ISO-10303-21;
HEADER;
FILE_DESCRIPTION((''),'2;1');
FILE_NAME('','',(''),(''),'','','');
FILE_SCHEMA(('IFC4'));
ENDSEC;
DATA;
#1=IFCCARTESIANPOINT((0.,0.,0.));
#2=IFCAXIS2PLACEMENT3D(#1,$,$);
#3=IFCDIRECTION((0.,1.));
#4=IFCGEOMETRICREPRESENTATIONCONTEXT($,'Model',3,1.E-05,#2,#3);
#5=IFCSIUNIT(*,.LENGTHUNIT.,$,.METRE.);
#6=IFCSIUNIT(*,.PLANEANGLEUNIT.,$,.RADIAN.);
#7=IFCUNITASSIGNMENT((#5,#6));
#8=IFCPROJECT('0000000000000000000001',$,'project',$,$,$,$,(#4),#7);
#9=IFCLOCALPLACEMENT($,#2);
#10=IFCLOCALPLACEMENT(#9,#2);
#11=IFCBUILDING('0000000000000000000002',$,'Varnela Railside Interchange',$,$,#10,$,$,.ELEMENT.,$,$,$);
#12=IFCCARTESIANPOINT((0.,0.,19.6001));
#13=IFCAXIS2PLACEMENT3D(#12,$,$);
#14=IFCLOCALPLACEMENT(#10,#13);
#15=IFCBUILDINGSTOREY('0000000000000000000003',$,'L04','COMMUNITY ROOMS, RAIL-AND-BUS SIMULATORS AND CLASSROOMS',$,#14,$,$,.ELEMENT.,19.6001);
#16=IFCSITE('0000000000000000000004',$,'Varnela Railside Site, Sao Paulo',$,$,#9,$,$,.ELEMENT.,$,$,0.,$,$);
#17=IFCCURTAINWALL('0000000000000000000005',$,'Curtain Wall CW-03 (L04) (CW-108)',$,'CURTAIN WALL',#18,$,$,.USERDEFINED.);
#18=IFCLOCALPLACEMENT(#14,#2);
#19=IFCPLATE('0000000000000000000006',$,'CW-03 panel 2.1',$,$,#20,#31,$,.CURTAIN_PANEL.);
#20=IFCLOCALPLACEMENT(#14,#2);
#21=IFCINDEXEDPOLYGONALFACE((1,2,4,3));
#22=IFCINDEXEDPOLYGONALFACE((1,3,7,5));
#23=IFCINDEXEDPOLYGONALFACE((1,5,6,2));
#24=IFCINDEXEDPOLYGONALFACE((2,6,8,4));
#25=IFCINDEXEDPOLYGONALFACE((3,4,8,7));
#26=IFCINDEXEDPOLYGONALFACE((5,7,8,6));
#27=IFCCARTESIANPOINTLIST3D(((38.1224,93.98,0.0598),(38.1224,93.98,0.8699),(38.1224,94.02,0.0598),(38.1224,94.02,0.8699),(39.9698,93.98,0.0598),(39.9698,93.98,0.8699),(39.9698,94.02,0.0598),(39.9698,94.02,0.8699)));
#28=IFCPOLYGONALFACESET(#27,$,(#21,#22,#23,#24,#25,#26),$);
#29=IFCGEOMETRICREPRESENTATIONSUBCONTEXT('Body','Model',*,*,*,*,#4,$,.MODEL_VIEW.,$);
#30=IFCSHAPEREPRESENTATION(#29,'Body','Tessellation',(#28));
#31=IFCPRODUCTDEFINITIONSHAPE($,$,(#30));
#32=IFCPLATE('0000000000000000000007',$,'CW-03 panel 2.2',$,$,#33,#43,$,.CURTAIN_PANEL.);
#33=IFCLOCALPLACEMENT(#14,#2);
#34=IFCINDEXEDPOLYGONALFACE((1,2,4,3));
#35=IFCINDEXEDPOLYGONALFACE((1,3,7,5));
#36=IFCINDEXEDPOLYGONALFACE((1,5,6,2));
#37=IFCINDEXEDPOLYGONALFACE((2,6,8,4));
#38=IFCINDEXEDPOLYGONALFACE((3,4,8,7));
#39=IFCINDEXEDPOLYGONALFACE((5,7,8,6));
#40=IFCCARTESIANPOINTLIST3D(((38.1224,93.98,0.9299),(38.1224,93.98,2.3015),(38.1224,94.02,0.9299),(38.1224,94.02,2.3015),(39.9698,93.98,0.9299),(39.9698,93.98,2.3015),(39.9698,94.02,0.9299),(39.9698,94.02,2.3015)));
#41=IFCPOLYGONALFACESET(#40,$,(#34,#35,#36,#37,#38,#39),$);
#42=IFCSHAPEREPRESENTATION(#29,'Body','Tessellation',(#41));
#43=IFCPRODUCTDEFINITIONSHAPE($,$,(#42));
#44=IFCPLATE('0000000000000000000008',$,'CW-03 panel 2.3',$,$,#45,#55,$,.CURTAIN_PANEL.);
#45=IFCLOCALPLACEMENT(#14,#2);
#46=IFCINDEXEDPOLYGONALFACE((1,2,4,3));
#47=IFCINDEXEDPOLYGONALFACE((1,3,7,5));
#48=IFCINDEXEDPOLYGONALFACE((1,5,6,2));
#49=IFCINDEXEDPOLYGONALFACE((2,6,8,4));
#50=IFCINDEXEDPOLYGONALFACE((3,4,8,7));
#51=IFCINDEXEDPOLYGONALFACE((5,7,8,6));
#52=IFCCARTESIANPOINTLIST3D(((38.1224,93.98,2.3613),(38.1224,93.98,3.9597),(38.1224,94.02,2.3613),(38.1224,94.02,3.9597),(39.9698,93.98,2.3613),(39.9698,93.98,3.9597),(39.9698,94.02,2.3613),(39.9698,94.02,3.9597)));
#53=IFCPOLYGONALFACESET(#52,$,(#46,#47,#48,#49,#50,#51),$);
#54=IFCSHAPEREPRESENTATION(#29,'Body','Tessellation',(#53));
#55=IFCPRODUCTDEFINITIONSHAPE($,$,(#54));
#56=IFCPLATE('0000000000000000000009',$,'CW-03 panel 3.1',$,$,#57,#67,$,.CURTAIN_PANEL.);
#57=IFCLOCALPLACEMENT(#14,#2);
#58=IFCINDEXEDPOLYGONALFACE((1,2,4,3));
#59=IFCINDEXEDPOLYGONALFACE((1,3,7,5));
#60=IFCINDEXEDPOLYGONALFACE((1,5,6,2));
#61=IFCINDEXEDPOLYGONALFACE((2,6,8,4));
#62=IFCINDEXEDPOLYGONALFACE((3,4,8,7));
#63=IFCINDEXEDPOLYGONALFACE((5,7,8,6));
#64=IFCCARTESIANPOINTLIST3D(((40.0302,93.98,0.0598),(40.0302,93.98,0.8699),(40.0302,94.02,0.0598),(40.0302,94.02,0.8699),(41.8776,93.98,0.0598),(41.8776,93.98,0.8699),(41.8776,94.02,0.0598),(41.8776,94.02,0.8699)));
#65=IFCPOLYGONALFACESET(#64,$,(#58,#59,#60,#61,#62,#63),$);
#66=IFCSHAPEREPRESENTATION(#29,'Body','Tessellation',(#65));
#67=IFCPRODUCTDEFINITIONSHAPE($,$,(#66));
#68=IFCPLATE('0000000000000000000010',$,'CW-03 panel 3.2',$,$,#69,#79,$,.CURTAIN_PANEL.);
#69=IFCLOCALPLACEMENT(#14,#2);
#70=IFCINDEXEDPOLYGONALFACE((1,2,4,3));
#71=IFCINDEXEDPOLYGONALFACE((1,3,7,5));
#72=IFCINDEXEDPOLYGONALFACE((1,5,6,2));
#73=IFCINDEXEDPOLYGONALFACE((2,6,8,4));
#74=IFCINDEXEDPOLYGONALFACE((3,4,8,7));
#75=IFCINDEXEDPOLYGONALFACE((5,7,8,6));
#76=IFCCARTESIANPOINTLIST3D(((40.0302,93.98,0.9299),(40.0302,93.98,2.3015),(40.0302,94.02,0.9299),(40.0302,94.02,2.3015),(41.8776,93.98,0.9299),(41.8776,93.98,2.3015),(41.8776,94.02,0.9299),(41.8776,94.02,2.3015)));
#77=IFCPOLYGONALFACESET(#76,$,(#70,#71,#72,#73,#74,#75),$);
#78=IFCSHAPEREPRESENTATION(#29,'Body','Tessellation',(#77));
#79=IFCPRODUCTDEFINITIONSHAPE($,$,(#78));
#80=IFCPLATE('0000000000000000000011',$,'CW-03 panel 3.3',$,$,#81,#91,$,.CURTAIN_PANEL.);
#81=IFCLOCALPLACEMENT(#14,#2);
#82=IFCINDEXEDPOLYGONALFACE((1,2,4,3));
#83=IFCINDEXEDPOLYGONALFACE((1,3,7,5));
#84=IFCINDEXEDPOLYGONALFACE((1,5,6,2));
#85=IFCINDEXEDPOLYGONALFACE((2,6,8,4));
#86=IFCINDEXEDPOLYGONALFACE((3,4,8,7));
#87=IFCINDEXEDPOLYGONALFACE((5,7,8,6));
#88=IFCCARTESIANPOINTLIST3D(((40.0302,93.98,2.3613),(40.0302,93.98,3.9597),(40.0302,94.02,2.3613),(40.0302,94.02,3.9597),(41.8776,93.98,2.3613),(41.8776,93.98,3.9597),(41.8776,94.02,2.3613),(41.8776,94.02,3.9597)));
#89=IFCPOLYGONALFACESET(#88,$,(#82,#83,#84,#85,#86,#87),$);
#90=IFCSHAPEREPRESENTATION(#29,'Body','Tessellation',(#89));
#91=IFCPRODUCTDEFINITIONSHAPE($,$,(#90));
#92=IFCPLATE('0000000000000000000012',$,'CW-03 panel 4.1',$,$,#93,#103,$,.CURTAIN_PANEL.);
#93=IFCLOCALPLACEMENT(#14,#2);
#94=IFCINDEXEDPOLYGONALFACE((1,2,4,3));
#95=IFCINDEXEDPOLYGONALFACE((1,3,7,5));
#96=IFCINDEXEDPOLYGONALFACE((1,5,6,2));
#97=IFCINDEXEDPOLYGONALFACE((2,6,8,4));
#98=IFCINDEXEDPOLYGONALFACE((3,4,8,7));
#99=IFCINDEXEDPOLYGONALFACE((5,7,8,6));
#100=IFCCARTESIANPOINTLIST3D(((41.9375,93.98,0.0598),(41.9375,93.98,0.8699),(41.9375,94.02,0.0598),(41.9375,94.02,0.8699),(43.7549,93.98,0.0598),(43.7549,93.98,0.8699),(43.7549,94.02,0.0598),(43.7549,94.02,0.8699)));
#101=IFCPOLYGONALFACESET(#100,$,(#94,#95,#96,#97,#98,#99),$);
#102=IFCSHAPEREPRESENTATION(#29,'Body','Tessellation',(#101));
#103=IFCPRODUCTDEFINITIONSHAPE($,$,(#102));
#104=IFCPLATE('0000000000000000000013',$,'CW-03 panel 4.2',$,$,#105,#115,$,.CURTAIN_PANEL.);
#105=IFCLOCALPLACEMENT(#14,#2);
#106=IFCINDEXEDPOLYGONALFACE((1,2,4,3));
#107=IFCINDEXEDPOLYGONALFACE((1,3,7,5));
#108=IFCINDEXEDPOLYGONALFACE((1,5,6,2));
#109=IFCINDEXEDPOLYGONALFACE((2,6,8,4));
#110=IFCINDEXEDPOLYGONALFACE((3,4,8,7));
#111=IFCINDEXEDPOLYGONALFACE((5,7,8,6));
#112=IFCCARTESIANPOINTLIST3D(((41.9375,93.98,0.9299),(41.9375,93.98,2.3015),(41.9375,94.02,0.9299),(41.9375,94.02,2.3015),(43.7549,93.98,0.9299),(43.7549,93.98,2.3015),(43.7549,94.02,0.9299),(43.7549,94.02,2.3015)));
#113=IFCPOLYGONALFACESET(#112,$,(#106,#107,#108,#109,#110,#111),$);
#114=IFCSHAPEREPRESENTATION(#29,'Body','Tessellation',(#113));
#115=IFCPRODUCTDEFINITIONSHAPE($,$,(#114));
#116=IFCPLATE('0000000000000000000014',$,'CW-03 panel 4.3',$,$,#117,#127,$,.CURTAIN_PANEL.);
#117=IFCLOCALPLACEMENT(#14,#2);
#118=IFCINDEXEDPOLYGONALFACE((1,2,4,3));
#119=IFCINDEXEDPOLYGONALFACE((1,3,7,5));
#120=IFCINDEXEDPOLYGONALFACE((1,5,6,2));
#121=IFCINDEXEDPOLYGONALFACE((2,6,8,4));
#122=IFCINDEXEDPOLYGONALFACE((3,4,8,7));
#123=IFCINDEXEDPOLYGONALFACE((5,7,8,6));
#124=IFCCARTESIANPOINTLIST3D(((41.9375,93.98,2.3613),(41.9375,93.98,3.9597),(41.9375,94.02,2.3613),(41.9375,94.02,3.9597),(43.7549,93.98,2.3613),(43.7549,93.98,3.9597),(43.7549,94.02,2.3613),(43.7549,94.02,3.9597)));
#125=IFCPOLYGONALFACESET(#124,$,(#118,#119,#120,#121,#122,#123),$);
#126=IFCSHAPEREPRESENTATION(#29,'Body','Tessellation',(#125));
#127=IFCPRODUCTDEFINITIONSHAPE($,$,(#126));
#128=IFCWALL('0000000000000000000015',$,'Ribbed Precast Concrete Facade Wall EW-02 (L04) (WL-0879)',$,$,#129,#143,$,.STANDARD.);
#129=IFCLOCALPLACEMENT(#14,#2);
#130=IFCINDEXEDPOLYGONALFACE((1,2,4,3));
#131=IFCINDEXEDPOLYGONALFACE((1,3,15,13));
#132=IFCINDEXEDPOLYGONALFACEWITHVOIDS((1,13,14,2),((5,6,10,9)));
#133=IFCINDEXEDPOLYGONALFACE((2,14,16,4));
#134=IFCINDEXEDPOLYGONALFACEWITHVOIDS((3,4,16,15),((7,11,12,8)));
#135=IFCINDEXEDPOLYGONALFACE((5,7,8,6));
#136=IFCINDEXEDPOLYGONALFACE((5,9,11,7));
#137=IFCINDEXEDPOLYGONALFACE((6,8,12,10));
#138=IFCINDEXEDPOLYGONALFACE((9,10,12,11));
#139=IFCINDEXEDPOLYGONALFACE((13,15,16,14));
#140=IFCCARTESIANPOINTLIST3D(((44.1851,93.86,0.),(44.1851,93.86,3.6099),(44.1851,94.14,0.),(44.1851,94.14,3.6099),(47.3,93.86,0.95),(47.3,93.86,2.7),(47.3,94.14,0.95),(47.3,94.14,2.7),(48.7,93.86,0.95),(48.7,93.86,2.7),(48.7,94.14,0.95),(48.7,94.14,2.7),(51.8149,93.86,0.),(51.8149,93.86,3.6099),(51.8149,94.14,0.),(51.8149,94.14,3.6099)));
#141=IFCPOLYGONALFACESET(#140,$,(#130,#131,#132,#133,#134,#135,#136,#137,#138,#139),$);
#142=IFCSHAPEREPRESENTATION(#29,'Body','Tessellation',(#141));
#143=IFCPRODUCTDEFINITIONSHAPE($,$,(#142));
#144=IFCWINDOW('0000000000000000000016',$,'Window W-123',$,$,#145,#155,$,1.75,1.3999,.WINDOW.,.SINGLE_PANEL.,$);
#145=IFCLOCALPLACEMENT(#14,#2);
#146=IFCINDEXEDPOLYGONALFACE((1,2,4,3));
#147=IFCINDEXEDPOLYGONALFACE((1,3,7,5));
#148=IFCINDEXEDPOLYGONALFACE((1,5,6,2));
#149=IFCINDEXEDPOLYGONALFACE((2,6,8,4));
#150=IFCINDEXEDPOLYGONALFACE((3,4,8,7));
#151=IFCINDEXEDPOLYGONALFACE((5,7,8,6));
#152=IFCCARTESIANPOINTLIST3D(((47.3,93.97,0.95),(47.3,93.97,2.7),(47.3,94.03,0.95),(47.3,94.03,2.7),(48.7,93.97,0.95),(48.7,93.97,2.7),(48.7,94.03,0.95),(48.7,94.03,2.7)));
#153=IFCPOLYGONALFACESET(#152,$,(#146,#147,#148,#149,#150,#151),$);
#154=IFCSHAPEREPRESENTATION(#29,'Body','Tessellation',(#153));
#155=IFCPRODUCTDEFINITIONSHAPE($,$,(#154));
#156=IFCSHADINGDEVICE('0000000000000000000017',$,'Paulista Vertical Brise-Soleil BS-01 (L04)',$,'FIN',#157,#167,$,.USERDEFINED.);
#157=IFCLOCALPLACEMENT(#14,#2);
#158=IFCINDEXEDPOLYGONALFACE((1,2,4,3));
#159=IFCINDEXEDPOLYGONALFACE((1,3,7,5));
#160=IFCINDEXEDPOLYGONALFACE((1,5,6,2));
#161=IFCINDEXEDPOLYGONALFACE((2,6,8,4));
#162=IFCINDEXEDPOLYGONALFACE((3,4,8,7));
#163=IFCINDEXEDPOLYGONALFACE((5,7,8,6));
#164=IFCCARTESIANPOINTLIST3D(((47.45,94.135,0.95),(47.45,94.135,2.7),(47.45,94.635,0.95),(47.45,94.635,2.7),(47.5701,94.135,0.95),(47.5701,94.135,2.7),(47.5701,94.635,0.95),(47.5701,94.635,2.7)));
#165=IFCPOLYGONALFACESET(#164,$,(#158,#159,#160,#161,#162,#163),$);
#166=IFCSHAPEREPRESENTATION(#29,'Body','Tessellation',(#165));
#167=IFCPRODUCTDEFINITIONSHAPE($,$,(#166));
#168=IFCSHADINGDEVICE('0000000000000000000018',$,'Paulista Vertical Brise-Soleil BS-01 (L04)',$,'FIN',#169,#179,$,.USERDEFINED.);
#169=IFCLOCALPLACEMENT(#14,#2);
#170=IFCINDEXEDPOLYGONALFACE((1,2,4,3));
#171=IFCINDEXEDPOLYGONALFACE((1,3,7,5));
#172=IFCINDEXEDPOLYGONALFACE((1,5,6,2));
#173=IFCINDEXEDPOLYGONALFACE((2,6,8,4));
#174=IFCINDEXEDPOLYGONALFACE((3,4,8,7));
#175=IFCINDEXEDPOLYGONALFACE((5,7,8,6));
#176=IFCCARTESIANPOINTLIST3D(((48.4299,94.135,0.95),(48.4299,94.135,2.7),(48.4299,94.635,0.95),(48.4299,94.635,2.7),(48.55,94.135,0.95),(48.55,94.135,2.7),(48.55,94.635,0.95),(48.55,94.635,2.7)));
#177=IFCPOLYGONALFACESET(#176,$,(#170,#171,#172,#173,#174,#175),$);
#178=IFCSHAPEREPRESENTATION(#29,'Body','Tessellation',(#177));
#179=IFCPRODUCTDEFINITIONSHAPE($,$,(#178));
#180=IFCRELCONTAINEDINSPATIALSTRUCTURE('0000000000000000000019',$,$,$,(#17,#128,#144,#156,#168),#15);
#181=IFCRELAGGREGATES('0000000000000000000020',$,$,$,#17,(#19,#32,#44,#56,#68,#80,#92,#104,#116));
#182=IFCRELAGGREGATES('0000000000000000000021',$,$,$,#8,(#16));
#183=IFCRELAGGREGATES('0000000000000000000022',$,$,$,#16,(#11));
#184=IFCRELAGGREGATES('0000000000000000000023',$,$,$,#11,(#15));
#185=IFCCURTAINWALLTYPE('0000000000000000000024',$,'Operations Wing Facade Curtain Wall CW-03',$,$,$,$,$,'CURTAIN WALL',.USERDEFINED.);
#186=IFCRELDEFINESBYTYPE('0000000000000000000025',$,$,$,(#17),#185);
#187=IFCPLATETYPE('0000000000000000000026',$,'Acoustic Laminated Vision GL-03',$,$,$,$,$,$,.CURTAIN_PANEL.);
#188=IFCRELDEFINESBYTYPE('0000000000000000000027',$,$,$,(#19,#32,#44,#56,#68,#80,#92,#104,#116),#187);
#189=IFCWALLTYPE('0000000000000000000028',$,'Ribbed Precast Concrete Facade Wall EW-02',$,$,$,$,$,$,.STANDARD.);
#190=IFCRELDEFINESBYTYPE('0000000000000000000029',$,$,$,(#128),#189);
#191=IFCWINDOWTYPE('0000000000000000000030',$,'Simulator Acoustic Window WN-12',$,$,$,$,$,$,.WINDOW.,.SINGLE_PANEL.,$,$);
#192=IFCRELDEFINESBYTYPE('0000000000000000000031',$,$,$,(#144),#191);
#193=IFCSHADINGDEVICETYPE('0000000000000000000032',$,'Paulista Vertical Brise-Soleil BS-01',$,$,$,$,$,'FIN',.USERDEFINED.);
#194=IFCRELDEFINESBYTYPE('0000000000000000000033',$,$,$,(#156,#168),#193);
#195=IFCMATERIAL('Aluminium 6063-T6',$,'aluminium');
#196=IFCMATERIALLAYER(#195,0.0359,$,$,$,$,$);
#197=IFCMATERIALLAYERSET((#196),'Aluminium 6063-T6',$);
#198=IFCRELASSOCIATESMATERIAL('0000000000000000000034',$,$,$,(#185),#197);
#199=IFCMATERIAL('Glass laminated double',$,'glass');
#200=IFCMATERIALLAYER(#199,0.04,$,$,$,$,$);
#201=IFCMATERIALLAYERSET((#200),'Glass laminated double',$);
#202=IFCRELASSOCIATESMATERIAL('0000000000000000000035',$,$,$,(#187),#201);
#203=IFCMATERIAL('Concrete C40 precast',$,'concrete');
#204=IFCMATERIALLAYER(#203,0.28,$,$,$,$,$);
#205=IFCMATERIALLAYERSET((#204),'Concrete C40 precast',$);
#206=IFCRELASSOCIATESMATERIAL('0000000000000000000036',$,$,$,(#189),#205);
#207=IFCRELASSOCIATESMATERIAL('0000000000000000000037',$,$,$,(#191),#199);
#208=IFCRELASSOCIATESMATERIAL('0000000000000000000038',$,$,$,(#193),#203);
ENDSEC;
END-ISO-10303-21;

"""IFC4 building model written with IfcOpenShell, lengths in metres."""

from ifc_helpers import new_model, si_unit, direction, frame, frame_2d, origin, origin_2d, place, context, subcontext, project, spatial, rectangle, extrude, material, layer, layer_set, type_object, element, fill, aggregate, save


model = new_model("IFC4")

# Units and contexts
model_context = context("Model", 3, precision=1e-05, world=origin(), true_north=direction((0.0, 1.0)))
body_context = subcontext(model_context, "Body", "Model", "MODEL_VIEW")
ifc_project = project(units=[si_unit("LENGTHUNIT", "METRE"), si_unit("PLANEANGLEUNIT", "RADIAN")], contexts=[model_context])

# Site, building, storey
site_placement = place(None, origin())
site = spatial("IfcSite", under=ifc_project, at=site_placement, Name="Varnela Railside Site, Sao Paulo", CompositionType="ELEMENT", RefElevation=0.0)
building_placement = place(site_placement, origin())
building = spatial("IfcBuilding", under=site, at=building_placement, Name="Varnela Railside Interchange", CompositionType="ELEMENT")
storey_placement = place(building_placement, frame((0.0, 0.0, 19.6001)))
storey = spatial("IfcBuildingStorey", under=building, at=storey_placement, Name="L04", Description="COMMUNITY ROOMS, RAIL-AND-BUS SIMULATORS AND CLASSROOMS", CompositionType="ELEMENT", Elevation=19.6001)

# Curtain wall
ifc_material_1 = material(Name="Aluminium 6063-T6", Category="aluminium")
ifc_layer_1 = layer(ifc_material_1, 0.0359)
ifc_layer_set_1 = layer_set([ifc_layer_1], Name="Aluminium 6063-T6")
curtain_wall_type = type_object("IfcCurtainWallType", Name="Operations Wing Facade Curtain Wall CW-03", ElementType="CURTAIN WALL", PredefinedType="USERDEFINED", material=ifc_layer_set_1)
curtain_wall_1_placement = place(storey_placement, origin())
curtain_wall_1 = element("IfcCurtainWall", 1, at=curtain_wall_1_placement, inside=storey, type_object=curtain_wall_type, Name="Curtain Wall CW-03 (L04) (CW-108)", ObjectType="CURTAIN WALL", PredefinedType="USERDEFINED")

# Plates
ifc_material_2 = material(Name="Glass laminated double", Category="glass")
ifc_layer_2 = layer(ifc_material_2, 0.04)
ifc_layer_set_2 = layer_set([ifc_layer_2], Name="Glass laminated double")
plate_type = type_object("IfcPlateType", Name="Acoustic Laminated Vision GL-03", PredefinedType="CURTAIN_PANEL", material=ifc_layer_set_2)
plate_1_placement = place(storey_placement, frame((39.0461, 94.0, 0.0598), z_axis=(0.0, 0.0, 1.0), x_axis=(1.0, 0.0, 0.0)))
plate_1 = element("IfcPlate", 2, at=plate_1_placement, type_object=plate_type, Name="CW-03 panel 2.1", PredefinedType="CURTAIN_PANEL", context=body_context, shape_type="SweptSolid", body=[
    extrude(rectangle(XDim=1.8474, YDim=0.04, at=origin_2d()), origin(), (0.0, 0.0, 1.0), 0.8101),
])
plate_2_placement = place(storey_placement, frame((39.0461, 94.0, 0.9299), z_axis=(0.0, 0.0, 1.0), x_axis=(1.0, 0.0, 0.0)))
plate_2 = element("IfcPlate", 3, at=plate_2_placement, type_object=plate_type, Name="CW-03 panel 2.2", PredefinedType="CURTAIN_PANEL", context=body_context, shape_type="SweptSolid", body=[
    extrude(rectangle(XDim=1.8474, YDim=0.04, at=origin_2d()), origin(), (0.0, 0.0, 1.0), 1.3716),
])
plate_3_placement = place(storey_placement, frame((39.0461, 94.0, 2.3613), z_axis=(0.0, 0.0, 1.0), x_axis=(1.0, 0.0, 0.0)))
plate_3 = element("IfcPlate", 4, at=plate_3_placement, type_object=plate_type, Name="CW-03 panel 2.3", PredefinedType="CURTAIN_PANEL", context=body_context, shape_type="SweptSolid", body=[
    extrude(rectangle(XDim=1.8474, YDim=0.04, at=origin_2d()), origin(), (0.0, 0.0, 1.0), 1.5984),
])
plate_4_placement = place(storey_placement, frame((40.9539, 94.0, 0.0598), z_axis=(0.0, 0.0, 1.0), x_axis=(1.0, 0.0, 0.0)))
plate_4 = element("IfcPlate", 5, at=plate_4_placement, type_object=plate_type, Name="CW-03 panel 3.1", PredefinedType="CURTAIN_PANEL", context=body_context, shape_type="SweptSolid", body=[
    extrude(rectangle(XDim=1.8474, YDim=0.04, at=origin_2d()), origin(), (0.0, 0.0, 1.0), 0.8101),
])
plate_5_placement = place(storey_placement, frame((40.9539, 94.0, 0.9299), z_axis=(0.0, 0.0, 1.0), x_axis=(1.0, 0.0, 0.0)))
plate_5 = element("IfcPlate", 6, at=plate_5_placement, type_object=plate_type, Name="CW-03 panel 3.2", PredefinedType="CURTAIN_PANEL", context=body_context, shape_type="SweptSolid", body=[
    extrude(rectangle(XDim=1.8474, YDim=0.04, at=origin_2d()), origin(), (0.0, 0.0, 1.0), 1.3716),
])
plate_6_placement = place(storey_placement, frame((40.9539, 94.0, 2.3613), z_axis=(0.0, 0.0, 1.0), x_axis=(1.0, 0.0, 0.0)))
plate_6 = element("IfcPlate", 7, at=plate_6_placement, type_object=plate_type, Name="CW-03 panel 3.3", PredefinedType="CURTAIN_PANEL", context=body_context, shape_type="SweptSolid", body=[
    extrude(rectangle(XDim=1.8474, YDim=0.04, at=origin_2d()), origin(), (0.0, 0.0, 1.0), 1.5984),
])
plate_7_placement = place(storey_placement, frame((42.8462, 94.0, 0.0598), z_axis=(0.0, 0.0, 1.0), x_axis=(1.0, 0.0, 0.0)))
plate_7 = element("IfcPlate", 8, at=plate_7_placement, type_object=plate_type, Name="CW-03 panel 4.1", PredefinedType="CURTAIN_PANEL", context=body_context, shape_type="SweptSolid", body=[
    extrude(rectangle(XDim=1.8174, YDim=0.04, at=origin_2d()), origin(), (0.0, 0.0, 1.0), 0.8101),
])
plate_8_placement = place(storey_placement, frame((42.8462, 94.0, 0.9299), z_axis=(0.0, 0.0, 1.0), x_axis=(1.0, 0.0, 0.0)))
plate_8 = element("IfcPlate", 9, at=plate_8_placement, type_object=plate_type, Name="CW-03 panel 4.2", PredefinedType="CURTAIN_PANEL", context=body_context, shape_type="SweptSolid", body=[
    extrude(rectangle(XDim=1.8174, YDim=0.04, at=origin_2d()), origin(), (0.0, 0.0, 1.0), 1.3716),
])
plate_9_placement = place(storey_placement, frame((42.8462, 94.0, 2.3613), z_axis=(0.0, 0.0, 1.0), x_axis=(1.0, 0.0, 0.0)))
plate_9 = element("IfcPlate", 10, at=plate_9_placement, type_object=plate_type, Name="CW-03 panel 4.3", PredefinedType="CURTAIN_PANEL", context=body_context, shape_type="SweptSolid", body=[
    extrude(rectangle(XDim=1.8174, YDim=0.04, at=origin_2d()), origin(), (0.0, 0.0, 1.0), 1.5984),
])
aggregate(curtain_wall_1, [plate_1, plate_2, plate_3, plate_4, plate_5, plate_6, plate_7, plate_8, plate_9])

# Wall, opening, window
ifc_material_3 = material(Name="Concrete C40 precast", Category="concrete")
ifc_layer_3 = layer(ifc_material_3, 0.28)
ifc_layer_set_3 = layer_set([ifc_layer_3], Name="Concrete C40 precast")
wall_type = type_object("IfcWallType", Name="Ribbed Precast Concrete Facade Wall EW-02", PredefinedType="STANDARD", material=ifc_layer_set_3)
wall_placement = place(storey_placement, frame((44.1851, 94.0, 0.0), z_axis=(0.0, 0.0, 1.0), x_axis=(1.0, 0.0, 0.0)))
wall = element("IfcWall", 11, at=wall_placement, inside=storey, type_object=wall_type, Name="Ribbed Precast Concrete Facade Wall EW-02 (L04) (WL-0879)", PredefinedType="STANDARD", context=body_context, shape_type="SweptSolid", body=[
    extrude(rectangle(XDim=7.6299, YDim=0.28, at=frame_2d((3.8149, 0.0))), origin(), (0.0, 0.0, 1.0), 3.6099),
])
opening_placement = place(wall_placement, frame((3.115, 0.0, 0.95)))
opening = element("IfcOpeningElement", 12, at=opening_placement, cuts=wall, PredefinedType="OPENING", context=body_context, shape_type="SweptSolid", body=[
    extrude(rectangle(XDim=1.3999, YDim=1.75, at=frame_2d((0.7, 0.875))), frame((0.0, 0.1499, 0.0), z_axis=(0.0, -1.0, 0.0), x_axis=(1.0, 0.0, 0.0)), (0.0, 0.0, 1.0), 0.3),
])
window_type = type_object("IfcWindowType", Name="Simulator Acoustic Window WN-12", PartitioningType="SINGLE_PANEL", PredefinedType="WINDOW", material=ifc_material_2)
window_placement = place(opening_placement, origin())
window = element("IfcWindow", 13, at=window_placement, inside=storey, type_object=window_type, Name="Window W-123", OverallHeight=1.75, OverallWidth=1.3999, PartitioningType="SINGLE_PANEL", PredefinedType="WINDOW", context=body_context, shape_type="SweptSolid", body=[
    extrude(rectangle(XDim=1.3999, YDim=1.75, at=frame_2d((0.7, 0.875))), frame((0.0, 0.03, 0.0), z_axis=(0.0, -1.0, 0.0), x_axis=(1.0, 0.0, 0.0)), (0.0, 0.0, 1.0), 0.0601),
])
fill(opening, window)

# Shading devices
shading_device_type = type_object("IfcShadingDeviceType", Name="Paulista Vertical Brise-Soleil BS-01", ElementType="FIN", PredefinedType="USERDEFINED", material=ifc_material_3)
for number, where, z_axis, x_axis, name in (
    (14, (47.51, 94.385, 0.95), (0.0, 0.0, 1.0), (0.0, 1.0, 0.0), "Paulista Vertical Brise-Soleil BS-01 (L04)"),
    (15, (48.49, 94.385, 0.95), (0.0, 0.0, 1.0), (0.0, 1.0, 0.0), "Paulista Vertical Brise-Soleil BS-01 (L04)"),
):
    element("IfcShadingDevice", number, at=place(storey_placement, frame(where, z_axis=z_axis, x_axis=x_axis)), inside=storey, type_object=shading_device_type, Name=name, ObjectType="FIN", PredefinedType="USERDEFINED", context=body_context, shape_type="SweptSolid", body=[
        extrude(rectangle(XDim=0.5, YDim=0.1201, at=origin_2d()), origin(), (0.0, 0.0, 1.0), 1.75),
    ])

save(model, "model.ifc")
